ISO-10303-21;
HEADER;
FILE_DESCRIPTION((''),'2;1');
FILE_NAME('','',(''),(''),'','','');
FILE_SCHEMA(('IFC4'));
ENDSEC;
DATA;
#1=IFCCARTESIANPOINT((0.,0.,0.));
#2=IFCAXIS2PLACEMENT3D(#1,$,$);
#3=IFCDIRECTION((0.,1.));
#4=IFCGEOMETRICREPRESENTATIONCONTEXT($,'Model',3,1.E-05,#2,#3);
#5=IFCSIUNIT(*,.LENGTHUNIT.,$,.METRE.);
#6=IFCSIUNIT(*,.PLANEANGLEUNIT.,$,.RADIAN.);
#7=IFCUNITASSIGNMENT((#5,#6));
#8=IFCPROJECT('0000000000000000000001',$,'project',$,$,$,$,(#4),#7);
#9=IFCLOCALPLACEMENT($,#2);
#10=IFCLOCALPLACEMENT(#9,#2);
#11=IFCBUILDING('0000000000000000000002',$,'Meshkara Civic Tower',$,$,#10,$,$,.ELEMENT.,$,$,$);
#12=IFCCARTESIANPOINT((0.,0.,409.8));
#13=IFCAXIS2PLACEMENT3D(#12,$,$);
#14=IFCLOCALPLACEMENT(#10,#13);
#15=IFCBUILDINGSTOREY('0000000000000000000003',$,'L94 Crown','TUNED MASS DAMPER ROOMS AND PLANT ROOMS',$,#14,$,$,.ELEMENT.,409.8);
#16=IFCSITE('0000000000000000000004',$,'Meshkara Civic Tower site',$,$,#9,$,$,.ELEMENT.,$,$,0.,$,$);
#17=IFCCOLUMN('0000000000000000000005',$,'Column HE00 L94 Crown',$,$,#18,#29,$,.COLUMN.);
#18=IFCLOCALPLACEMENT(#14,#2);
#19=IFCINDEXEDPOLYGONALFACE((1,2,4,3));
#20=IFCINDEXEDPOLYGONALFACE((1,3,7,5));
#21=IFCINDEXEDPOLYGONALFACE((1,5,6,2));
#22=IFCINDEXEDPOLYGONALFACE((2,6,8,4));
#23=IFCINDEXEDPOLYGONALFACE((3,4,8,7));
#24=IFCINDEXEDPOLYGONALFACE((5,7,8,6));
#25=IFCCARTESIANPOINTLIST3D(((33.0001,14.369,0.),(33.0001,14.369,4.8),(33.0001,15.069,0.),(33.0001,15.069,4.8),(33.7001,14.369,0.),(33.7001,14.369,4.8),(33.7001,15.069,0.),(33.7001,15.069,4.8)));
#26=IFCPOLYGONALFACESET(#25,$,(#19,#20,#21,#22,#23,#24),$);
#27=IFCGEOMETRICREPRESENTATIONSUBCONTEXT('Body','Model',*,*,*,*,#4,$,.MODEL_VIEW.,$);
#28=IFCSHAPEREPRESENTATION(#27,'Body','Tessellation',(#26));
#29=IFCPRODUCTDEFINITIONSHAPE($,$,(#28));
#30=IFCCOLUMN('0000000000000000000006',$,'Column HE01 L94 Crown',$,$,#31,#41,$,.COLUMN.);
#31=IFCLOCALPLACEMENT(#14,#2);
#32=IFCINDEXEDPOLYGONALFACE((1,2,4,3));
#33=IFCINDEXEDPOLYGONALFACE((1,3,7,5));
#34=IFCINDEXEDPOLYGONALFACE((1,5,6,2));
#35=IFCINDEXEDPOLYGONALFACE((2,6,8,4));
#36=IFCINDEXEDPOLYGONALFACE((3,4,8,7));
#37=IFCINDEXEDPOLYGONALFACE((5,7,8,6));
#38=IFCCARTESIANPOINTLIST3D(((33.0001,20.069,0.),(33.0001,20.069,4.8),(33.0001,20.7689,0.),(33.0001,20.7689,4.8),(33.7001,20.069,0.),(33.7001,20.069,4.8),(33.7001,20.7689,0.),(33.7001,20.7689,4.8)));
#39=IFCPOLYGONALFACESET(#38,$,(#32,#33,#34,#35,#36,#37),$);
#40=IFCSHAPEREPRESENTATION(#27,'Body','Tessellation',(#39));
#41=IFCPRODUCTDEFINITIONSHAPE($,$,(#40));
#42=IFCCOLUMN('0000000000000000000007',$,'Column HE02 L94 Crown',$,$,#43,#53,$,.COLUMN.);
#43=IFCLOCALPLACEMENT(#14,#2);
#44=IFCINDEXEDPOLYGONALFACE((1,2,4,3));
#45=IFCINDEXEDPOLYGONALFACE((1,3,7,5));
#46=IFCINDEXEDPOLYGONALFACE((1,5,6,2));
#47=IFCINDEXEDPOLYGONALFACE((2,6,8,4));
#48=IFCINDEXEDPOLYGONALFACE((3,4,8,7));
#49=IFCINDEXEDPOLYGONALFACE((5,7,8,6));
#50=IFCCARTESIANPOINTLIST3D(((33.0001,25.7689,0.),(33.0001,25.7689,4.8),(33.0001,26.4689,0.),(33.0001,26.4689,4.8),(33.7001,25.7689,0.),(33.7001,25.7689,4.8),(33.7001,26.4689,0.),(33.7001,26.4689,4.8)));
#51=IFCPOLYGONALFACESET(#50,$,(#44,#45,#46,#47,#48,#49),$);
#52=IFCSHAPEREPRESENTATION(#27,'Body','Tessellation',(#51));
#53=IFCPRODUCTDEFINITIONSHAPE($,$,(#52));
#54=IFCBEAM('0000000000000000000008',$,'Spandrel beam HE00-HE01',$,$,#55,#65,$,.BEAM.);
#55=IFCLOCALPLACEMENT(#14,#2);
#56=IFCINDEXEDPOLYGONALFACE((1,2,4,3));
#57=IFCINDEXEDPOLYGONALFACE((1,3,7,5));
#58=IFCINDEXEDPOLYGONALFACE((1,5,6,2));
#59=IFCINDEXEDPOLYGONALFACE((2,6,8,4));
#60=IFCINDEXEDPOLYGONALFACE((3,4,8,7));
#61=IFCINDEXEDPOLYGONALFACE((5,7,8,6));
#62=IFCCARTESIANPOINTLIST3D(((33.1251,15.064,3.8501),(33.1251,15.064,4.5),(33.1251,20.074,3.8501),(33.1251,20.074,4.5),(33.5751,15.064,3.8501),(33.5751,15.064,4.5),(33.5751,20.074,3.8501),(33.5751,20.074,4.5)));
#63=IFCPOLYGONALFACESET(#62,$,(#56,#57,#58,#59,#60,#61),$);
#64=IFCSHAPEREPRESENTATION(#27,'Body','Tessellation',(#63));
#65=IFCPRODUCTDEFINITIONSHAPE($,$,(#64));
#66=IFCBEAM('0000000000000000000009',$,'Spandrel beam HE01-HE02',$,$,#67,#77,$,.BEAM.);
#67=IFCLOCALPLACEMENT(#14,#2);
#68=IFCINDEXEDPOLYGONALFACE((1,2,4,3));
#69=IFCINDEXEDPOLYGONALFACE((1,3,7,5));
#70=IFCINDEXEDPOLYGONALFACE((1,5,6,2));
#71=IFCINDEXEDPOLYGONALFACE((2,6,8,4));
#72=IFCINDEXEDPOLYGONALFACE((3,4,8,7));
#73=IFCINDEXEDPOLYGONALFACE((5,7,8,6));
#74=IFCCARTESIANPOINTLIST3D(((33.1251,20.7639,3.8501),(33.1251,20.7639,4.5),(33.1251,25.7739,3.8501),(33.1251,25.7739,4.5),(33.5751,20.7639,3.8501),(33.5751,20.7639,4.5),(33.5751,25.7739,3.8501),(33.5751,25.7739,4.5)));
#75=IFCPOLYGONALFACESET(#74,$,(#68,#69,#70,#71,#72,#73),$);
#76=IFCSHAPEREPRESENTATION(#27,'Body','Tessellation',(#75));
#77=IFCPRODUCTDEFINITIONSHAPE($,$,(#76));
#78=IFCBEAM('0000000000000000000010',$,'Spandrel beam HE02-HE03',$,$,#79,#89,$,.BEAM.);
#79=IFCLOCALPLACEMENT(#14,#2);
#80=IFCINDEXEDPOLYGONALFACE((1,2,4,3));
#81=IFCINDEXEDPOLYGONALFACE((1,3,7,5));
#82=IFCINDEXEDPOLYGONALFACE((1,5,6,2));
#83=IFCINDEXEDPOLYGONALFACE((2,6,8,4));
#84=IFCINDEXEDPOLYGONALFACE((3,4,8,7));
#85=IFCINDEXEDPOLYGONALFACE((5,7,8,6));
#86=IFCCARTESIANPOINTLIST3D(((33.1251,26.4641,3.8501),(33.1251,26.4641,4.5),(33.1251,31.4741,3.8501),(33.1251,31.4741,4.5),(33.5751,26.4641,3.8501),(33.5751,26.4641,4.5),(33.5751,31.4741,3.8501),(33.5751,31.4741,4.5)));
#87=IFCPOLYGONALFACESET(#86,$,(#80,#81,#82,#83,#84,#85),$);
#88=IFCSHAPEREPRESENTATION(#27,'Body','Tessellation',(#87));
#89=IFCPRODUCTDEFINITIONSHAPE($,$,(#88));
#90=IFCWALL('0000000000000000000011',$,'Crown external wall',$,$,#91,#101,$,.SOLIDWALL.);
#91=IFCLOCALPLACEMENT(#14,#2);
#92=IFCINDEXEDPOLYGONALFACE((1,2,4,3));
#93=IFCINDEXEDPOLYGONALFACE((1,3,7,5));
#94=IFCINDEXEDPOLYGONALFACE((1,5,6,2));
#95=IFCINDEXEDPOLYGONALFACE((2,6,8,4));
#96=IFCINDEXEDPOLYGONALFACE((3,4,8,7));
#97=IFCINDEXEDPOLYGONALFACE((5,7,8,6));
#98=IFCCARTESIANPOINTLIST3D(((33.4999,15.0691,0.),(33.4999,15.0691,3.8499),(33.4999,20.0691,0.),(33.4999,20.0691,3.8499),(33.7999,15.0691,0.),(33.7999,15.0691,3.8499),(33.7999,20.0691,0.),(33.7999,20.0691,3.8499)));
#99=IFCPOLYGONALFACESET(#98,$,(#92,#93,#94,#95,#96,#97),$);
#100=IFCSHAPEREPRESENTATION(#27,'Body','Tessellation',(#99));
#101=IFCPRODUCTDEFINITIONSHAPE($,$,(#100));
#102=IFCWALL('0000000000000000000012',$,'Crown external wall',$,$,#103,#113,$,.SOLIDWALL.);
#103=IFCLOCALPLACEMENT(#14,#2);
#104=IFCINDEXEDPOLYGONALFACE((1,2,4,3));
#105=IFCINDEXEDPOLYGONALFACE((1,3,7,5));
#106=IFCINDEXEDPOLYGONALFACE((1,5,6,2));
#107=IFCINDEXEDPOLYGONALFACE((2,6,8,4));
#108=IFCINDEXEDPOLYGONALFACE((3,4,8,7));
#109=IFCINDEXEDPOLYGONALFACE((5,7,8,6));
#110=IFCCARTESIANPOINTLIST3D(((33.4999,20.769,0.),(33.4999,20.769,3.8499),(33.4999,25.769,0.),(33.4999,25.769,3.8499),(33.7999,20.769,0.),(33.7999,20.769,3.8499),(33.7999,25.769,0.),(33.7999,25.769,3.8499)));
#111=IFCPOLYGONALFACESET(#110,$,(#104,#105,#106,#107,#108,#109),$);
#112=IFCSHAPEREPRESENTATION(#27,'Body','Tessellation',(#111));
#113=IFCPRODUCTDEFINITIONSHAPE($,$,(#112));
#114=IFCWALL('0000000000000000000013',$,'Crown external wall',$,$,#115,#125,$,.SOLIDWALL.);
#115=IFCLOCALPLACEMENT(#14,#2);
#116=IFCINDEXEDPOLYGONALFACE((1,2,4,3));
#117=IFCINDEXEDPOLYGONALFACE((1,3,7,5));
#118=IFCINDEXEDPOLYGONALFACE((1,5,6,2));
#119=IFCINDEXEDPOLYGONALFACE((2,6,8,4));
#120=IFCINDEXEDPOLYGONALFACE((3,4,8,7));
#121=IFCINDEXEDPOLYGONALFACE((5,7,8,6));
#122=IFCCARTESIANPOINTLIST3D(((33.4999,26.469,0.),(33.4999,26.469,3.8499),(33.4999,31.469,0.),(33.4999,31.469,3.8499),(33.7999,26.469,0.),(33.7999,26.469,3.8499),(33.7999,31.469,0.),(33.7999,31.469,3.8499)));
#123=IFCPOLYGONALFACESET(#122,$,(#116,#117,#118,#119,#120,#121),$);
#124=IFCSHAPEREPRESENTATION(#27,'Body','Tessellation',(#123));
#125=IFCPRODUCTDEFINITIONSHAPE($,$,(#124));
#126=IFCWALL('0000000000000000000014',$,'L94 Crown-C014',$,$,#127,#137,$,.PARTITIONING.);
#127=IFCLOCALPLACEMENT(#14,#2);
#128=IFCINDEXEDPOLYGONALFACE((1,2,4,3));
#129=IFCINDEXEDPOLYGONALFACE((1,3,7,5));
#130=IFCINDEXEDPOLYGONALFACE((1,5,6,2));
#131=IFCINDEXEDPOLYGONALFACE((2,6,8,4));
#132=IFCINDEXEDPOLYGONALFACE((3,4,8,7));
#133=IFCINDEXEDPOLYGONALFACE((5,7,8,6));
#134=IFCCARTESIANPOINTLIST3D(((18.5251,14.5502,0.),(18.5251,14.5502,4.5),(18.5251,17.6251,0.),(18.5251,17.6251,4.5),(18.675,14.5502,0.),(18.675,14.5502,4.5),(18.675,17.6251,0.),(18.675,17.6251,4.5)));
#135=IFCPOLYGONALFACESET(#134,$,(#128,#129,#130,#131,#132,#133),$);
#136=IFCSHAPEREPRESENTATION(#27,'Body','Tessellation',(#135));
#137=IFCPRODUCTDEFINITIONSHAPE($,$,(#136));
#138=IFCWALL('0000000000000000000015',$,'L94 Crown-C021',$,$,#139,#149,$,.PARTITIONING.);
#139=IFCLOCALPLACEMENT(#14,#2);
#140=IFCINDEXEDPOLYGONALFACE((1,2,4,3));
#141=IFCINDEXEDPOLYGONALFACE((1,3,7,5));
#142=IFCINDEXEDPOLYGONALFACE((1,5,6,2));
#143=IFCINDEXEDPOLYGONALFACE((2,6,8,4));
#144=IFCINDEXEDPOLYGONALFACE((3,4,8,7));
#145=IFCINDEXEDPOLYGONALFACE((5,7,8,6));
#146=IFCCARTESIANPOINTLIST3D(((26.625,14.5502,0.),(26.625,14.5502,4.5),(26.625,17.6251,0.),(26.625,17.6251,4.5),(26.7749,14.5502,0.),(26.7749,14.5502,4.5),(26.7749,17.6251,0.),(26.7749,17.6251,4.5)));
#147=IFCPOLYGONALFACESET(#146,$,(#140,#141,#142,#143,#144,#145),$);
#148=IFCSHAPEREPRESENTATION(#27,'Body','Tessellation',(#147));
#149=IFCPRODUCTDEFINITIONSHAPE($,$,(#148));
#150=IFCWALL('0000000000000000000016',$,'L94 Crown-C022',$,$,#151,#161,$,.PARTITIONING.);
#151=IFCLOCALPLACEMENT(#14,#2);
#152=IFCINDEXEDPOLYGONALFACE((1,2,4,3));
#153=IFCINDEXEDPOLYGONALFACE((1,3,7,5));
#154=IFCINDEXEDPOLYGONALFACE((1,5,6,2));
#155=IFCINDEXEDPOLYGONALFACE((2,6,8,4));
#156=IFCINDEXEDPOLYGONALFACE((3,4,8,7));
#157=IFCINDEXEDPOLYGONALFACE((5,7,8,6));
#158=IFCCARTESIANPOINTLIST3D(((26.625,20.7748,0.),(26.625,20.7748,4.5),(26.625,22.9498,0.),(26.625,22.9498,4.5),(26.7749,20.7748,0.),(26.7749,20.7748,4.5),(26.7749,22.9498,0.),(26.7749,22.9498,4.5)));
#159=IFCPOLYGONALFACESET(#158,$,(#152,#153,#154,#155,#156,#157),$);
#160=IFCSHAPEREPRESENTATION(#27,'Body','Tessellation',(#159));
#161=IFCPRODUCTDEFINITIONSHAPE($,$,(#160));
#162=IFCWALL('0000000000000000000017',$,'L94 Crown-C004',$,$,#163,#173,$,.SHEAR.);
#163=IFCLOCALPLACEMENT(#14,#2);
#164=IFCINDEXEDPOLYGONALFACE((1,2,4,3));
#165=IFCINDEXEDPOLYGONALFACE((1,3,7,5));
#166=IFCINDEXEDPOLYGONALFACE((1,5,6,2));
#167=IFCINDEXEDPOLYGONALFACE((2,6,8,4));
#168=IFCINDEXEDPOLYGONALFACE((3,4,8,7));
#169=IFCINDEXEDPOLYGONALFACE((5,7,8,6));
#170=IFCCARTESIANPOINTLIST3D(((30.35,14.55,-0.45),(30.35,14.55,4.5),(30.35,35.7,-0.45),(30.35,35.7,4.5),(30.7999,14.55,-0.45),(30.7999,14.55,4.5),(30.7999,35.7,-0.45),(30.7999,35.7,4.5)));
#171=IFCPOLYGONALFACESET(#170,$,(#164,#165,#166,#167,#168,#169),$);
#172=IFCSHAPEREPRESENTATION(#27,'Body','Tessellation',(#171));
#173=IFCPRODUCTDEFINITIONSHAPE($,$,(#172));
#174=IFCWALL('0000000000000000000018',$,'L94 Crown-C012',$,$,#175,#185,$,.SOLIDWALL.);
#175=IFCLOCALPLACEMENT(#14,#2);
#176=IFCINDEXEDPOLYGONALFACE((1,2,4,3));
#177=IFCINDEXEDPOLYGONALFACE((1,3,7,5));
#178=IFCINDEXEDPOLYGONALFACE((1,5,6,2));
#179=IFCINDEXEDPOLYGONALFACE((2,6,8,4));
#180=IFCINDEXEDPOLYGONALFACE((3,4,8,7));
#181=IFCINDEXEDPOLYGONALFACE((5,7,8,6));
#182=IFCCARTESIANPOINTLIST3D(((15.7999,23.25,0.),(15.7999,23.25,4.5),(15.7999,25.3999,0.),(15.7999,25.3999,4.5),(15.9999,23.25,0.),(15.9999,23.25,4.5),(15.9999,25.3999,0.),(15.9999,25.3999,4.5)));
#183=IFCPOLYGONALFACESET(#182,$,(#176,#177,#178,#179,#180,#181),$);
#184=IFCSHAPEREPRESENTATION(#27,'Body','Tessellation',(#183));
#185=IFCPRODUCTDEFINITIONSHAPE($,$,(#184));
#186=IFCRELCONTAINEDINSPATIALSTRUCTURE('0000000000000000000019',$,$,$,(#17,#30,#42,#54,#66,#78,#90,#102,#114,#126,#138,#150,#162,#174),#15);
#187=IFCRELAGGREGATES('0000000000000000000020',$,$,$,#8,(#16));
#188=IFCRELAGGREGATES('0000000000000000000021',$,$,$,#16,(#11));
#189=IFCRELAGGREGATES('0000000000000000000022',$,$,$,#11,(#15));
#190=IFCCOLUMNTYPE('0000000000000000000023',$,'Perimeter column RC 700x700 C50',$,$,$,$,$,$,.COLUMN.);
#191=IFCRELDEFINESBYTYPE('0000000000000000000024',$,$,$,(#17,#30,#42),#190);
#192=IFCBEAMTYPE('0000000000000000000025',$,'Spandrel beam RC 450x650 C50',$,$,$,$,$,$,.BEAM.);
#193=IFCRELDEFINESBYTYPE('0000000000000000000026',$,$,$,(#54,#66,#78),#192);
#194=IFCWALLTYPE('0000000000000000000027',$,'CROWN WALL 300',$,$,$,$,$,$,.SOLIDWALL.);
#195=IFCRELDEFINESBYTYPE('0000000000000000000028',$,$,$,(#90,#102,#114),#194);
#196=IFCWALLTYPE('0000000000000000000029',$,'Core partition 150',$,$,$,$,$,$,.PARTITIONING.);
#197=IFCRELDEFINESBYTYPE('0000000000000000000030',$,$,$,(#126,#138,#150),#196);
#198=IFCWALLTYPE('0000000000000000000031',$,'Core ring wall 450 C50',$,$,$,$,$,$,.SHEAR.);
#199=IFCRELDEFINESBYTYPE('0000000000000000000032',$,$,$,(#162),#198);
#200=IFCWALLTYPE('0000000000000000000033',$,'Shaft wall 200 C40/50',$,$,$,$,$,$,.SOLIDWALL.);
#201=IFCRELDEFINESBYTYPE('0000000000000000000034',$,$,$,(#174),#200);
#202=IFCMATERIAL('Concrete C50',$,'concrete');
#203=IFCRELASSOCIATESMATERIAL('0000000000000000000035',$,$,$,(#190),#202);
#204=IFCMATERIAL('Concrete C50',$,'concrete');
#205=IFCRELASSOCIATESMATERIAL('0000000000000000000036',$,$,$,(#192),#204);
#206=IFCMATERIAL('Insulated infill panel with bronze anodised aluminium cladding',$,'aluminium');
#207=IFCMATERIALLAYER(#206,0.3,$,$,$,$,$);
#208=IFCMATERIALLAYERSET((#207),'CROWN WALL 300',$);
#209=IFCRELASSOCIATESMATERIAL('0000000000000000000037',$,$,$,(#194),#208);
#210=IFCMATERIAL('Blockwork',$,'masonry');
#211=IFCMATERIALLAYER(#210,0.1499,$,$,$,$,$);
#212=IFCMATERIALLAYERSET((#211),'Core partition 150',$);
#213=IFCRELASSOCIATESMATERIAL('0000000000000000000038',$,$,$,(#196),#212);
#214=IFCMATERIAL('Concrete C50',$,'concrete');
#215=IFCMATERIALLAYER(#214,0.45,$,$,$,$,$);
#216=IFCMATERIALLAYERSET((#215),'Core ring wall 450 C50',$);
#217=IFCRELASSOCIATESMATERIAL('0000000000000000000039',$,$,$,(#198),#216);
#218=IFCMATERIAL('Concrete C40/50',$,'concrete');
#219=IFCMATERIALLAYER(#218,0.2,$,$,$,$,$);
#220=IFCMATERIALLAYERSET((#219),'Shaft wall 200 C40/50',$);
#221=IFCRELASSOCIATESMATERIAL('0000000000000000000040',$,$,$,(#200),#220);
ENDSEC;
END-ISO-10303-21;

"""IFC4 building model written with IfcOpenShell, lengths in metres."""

from ifc_helpers import new_model, si_unit, direction, frame, frame_2d, origin, origin_2d, place, context, subcontext, project, spatial, rectangle, extrude, material, layer, layer_set, material_profile, profile_set, type_object, element, save


model = new_model("IFC4")

# Units and contexts
model_context = context("Model", 3, precision=1e-05, world=origin(), true_north=direction((0.0, 1.0)))
body_context = subcontext(model_context, "Body", "Model", "MODEL_VIEW")
ifc_project = project(units=[si_unit("LENGTHUNIT", "METRE"), si_unit("PLANEANGLEUNIT", "RADIAN")], contexts=[model_context])

# Site, building, storey
site_placement = place(None, origin())
site = spatial("IfcSite", under=ifc_project, at=site_placement, Name="Meshkara Civic Tower site", CompositionType="ELEMENT", RefElevation=0.0)
building_placement = place(site_placement, origin())
building = spatial("IfcBuilding", under=site, at=building_placement, Name="Meshkara Civic Tower", CompositionType="ELEMENT")
storey_placement = place(building_placement, frame((0.0, 0.0, 409.8)))
storey = spatial("IfcBuildingStorey", under=building, at=storey_placement, Name="L94 Crown", Description="TUNED MASS DAMPER ROOMS AND PLANT ROOMS", CompositionType="ELEMENT", Elevation=409.8)

# Columns
ifc_material_1 = material(Name="Concrete C50", Category="concrete")
ifc_material_profile_1 = material_profile(ifc_material_1, rectangle(XDim=0.7, YDim=0.7, at=origin_2d()))
ifc_profile_set_1 = profile_set([ifc_material_profile_1], Name="Concrete C50")
column_type = type_object("IfcColumnType", Name="Perimeter column RC 700x700 C50", PredefinedType="COLUMN", material=ifc_profile_set_1)
for number, where, z_axis, x_axis, name in (
    (1, (33.3501, 14.719, 0.0), (0.0, 0.0, 1.0), (1.0, 0.0, 0.0), "Column HE00 L94 Crown"),
    (2, (33.3501, 20.4189, 0.0), (0.0, 0.0, 1.0), (1.0, 0.0, 0.0), "Column HE01 L94 Crown"),
    (3, (33.3501, 26.1189, 0.0), (0.0, 0.0, 1.0), (1.0, 0.0, 0.0), "Column HE02 L94 Crown"),
):
    element("IfcColumn", number, at=place(storey_placement, frame(where, z_axis=z_axis, x_axis=x_axis)), inside=storey, type_object=column_type, Name=name, PredefinedType="COLUMN", context=body_context, shape_type="SweptSolid", body=[
        extrude(rectangle(XDim=0.7, YDim=0.7, at=origin_2d()), origin(), (0.0, 0.0, 1.0), 4.8),
    ])

# Beams
ifc_material_2 = material(Name="Concrete C50", Category="concrete")
ifc_material_profile_2 = material_profile(ifc_material_2, rectangle(XDim=0.45, YDim=0.6499, at=origin_2d()))
ifc_profile_set_2 = profile_set([ifc_material_profile_2], Name="Concrete C50")
beam_type = type_object("IfcBeamType", Name="Spandrel beam RC 450x650 C50", PredefinedType="BEAM", material=ifc_profile_set_2)
for number, where, z_axis, x_axis, name in (
    (4, (33.3501, 15.064, 4.175), (0.0, 1.0, 0.0), (-1.0, 0.0, 0.0), "Spandrel beam HE00-HE01"),
    (5, (33.3501, 20.7639, 4.175), (0.0, 1.0, 0.0), (-1.0, 0.0, 0.0), "Spandrel beam HE01-HE02"),
    (6, (33.3501, 26.4641, 4.175), (0.0, 1.0, 0.0), (-1.0, 0.0, 0.0), "Spandrel beam HE02-HE03"),
):
    element("IfcBeam", number, at=place(storey_placement, frame(where, z_axis=z_axis, x_axis=x_axis)), inside=storey, type_object=beam_type, Name=name, PredefinedType="BEAM", context=body_context, shape_type="SweptSolid", body=[
        extrude(rectangle(XDim=0.45, YDim=0.6499, at=origin_2d()), origin(), (0.0, 0.0, 1.0), 5.01),
    ])

# Walls
ifc_material_3 = material(Name="Insulated infill panel with bronze anodised aluminium cladding", Category="aluminium")
ifc_layer_1 = layer(ifc_material_3, 0.3)
ifc_layer_set_1 = layer_set([ifc_layer_1], Name="CROWN WALL 300")
wall_type_1 = type_object("IfcWallType", Name="CROWN WALL 300", PredefinedType="SOLIDWALL", material=ifc_layer_set_1)
for number, where, z_axis, x_axis, name in (
    (7, (33.6499, 15.0691, 0.0), (0.0, 0.0, 1.0), (0.0, 1.0, 0.0), "Crown external wall"),
    (8, (33.6499, 20.769, 0.0), (0.0, 0.0, 1.0), (0.0, 1.0, 0.0), "Crown external wall"),
    (9, (33.6499, 26.469, 0.0), (0.0, 0.0, 1.0), (0.0, 1.0, 0.0), "Crown external wall"),
):
    element("IfcWall", number, at=place(storey_placement, frame(where, z_axis=z_axis, x_axis=x_axis)), inside=storey, type_object=wall_type_1, Name=name, PredefinedType="SOLIDWALL", context=body_context, shape_type="SweptSolid", body=[
        extrude(rectangle(XDim=5.0, YDim=0.3, at=frame_2d((2.5, 0.0))), origin(), (0.0, 0.0, 1.0), 3.8499),
    ])
ifc_material_4 = material(Name="Blockwork", Category="masonry")
ifc_layer_2 = layer(ifc_material_4, 0.1499)
ifc_layer_set_2 = layer_set([ifc_layer_2], Name="Core partition 150")
wall_type_2 = type_object("IfcWallType", Name="Core partition 150", PredefinedType="PARTITIONING", material=ifc_layer_set_2)
for number, where, z_axis, x_axis, name in (
    (10, (18.6001, 14.55, 0.0), (0.0, 0.0, 1.0), (0.0, 1.0, 0.0), "L94 Crown-C014"),
    (11, (26.7, 14.55, 0.0), (0.0, 0.0, 1.0), (0.0, 1.0, 0.0), "L94 Crown-C021"),
):
    element("IfcWall", number, at=place(storey_placement, frame(where, z_axis=z_axis, x_axis=x_axis)), inside=storey, type_object=wall_type_2, Name=name, PredefinedType="PARTITIONING", context=body_context, shape_type="SweptSolid", body=[
        extrude(rectangle(XDim=3.075, YDim=0.1499, at=frame_2d((1.5376, 0.0))), origin(), (0.0, 0.0, 1.0), 4.5),
    ])
wall_1_placement = place(storey_placement, frame((26.7, 20.7749, 0.0), z_axis=(0.0, 0.0, 1.0), x_axis=(0.0, 1.0, 0.0)))
element("IfcWall", 12, at=wall_1_placement, inside=storey, type_object=wall_type_2, Name="L94 Crown-C022", PredefinedType="PARTITIONING", context=body_context, shape_type="SweptSolid", body=[
    extrude(rectangle(XDim=2.175, YDim=0.1499, at=frame_2d((1.0874, 0.0))), origin(), (0.0, 0.0, 1.0), 4.5),
])
ifc_material_5 = material(Name="Concrete C50", Category="concrete")
ifc_layer_3 = layer(ifc_material_5, 0.45)
ifc_layer_set_3 = layer_set([ifc_layer_3], Name="Core ring wall 450 C50")
wall_type_3 = type_object("IfcWallType", Name="Core ring wall 450 C50", PredefinedType="SHEAR", material=ifc_layer_set_3)
wall_2_placement = place(storey_placement, frame((30.575, 14.55, -0.45), z_axis=(0.0, 0.0, 1.0), x_axis=(0.0, 1.0, 0.0)))
element("IfcWall", 13, at=wall_2_placement, inside=storey, type_object=wall_type_3, Name="L94 Crown-C004", PredefinedType="SHEAR", context=body_context, shape_type="SweptSolid", body=[
    extrude(rectangle(XDim=21.1499, YDim=0.45, at=frame_2d((10.575, 0.0))), origin(), (0.0, 0.0, 1.0), 4.95),
])
ifc_material_6 = material(Name="Concrete C40/50", Category="concrete")
ifc_layer_4 = layer(ifc_material_6, 0.2)
ifc_layer_set_4 = layer_set([ifc_layer_4], Name="Shaft wall 200 C40/50")
wall_type_4 = type_object("IfcWallType", Name="Shaft wall 200 C40/50", PredefinedType="SOLIDWALL", material=ifc_layer_set_4)
wall_3_placement = place(storey_placement, frame((15.8999, 23.25, 0.0), z_axis=(0.0, 0.0, 1.0), x_axis=(0.0, 1.0, 0.0)))
element("IfcWall", 14, at=wall_3_placement, inside=storey, type_object=wall_type_4, Name="L94 Crown-C012", PredefinedType="SOLIDWALL", context=body_context, shape_type="SweptSolid", body=[
    extrude(rectangle(XDim=2.1499, YDim=0.2, at=frame_2d((1.075, 0.0))), origin(), (0.0, 0.0, 1.0), 4.5),
])

save(model, "model.ifc")
